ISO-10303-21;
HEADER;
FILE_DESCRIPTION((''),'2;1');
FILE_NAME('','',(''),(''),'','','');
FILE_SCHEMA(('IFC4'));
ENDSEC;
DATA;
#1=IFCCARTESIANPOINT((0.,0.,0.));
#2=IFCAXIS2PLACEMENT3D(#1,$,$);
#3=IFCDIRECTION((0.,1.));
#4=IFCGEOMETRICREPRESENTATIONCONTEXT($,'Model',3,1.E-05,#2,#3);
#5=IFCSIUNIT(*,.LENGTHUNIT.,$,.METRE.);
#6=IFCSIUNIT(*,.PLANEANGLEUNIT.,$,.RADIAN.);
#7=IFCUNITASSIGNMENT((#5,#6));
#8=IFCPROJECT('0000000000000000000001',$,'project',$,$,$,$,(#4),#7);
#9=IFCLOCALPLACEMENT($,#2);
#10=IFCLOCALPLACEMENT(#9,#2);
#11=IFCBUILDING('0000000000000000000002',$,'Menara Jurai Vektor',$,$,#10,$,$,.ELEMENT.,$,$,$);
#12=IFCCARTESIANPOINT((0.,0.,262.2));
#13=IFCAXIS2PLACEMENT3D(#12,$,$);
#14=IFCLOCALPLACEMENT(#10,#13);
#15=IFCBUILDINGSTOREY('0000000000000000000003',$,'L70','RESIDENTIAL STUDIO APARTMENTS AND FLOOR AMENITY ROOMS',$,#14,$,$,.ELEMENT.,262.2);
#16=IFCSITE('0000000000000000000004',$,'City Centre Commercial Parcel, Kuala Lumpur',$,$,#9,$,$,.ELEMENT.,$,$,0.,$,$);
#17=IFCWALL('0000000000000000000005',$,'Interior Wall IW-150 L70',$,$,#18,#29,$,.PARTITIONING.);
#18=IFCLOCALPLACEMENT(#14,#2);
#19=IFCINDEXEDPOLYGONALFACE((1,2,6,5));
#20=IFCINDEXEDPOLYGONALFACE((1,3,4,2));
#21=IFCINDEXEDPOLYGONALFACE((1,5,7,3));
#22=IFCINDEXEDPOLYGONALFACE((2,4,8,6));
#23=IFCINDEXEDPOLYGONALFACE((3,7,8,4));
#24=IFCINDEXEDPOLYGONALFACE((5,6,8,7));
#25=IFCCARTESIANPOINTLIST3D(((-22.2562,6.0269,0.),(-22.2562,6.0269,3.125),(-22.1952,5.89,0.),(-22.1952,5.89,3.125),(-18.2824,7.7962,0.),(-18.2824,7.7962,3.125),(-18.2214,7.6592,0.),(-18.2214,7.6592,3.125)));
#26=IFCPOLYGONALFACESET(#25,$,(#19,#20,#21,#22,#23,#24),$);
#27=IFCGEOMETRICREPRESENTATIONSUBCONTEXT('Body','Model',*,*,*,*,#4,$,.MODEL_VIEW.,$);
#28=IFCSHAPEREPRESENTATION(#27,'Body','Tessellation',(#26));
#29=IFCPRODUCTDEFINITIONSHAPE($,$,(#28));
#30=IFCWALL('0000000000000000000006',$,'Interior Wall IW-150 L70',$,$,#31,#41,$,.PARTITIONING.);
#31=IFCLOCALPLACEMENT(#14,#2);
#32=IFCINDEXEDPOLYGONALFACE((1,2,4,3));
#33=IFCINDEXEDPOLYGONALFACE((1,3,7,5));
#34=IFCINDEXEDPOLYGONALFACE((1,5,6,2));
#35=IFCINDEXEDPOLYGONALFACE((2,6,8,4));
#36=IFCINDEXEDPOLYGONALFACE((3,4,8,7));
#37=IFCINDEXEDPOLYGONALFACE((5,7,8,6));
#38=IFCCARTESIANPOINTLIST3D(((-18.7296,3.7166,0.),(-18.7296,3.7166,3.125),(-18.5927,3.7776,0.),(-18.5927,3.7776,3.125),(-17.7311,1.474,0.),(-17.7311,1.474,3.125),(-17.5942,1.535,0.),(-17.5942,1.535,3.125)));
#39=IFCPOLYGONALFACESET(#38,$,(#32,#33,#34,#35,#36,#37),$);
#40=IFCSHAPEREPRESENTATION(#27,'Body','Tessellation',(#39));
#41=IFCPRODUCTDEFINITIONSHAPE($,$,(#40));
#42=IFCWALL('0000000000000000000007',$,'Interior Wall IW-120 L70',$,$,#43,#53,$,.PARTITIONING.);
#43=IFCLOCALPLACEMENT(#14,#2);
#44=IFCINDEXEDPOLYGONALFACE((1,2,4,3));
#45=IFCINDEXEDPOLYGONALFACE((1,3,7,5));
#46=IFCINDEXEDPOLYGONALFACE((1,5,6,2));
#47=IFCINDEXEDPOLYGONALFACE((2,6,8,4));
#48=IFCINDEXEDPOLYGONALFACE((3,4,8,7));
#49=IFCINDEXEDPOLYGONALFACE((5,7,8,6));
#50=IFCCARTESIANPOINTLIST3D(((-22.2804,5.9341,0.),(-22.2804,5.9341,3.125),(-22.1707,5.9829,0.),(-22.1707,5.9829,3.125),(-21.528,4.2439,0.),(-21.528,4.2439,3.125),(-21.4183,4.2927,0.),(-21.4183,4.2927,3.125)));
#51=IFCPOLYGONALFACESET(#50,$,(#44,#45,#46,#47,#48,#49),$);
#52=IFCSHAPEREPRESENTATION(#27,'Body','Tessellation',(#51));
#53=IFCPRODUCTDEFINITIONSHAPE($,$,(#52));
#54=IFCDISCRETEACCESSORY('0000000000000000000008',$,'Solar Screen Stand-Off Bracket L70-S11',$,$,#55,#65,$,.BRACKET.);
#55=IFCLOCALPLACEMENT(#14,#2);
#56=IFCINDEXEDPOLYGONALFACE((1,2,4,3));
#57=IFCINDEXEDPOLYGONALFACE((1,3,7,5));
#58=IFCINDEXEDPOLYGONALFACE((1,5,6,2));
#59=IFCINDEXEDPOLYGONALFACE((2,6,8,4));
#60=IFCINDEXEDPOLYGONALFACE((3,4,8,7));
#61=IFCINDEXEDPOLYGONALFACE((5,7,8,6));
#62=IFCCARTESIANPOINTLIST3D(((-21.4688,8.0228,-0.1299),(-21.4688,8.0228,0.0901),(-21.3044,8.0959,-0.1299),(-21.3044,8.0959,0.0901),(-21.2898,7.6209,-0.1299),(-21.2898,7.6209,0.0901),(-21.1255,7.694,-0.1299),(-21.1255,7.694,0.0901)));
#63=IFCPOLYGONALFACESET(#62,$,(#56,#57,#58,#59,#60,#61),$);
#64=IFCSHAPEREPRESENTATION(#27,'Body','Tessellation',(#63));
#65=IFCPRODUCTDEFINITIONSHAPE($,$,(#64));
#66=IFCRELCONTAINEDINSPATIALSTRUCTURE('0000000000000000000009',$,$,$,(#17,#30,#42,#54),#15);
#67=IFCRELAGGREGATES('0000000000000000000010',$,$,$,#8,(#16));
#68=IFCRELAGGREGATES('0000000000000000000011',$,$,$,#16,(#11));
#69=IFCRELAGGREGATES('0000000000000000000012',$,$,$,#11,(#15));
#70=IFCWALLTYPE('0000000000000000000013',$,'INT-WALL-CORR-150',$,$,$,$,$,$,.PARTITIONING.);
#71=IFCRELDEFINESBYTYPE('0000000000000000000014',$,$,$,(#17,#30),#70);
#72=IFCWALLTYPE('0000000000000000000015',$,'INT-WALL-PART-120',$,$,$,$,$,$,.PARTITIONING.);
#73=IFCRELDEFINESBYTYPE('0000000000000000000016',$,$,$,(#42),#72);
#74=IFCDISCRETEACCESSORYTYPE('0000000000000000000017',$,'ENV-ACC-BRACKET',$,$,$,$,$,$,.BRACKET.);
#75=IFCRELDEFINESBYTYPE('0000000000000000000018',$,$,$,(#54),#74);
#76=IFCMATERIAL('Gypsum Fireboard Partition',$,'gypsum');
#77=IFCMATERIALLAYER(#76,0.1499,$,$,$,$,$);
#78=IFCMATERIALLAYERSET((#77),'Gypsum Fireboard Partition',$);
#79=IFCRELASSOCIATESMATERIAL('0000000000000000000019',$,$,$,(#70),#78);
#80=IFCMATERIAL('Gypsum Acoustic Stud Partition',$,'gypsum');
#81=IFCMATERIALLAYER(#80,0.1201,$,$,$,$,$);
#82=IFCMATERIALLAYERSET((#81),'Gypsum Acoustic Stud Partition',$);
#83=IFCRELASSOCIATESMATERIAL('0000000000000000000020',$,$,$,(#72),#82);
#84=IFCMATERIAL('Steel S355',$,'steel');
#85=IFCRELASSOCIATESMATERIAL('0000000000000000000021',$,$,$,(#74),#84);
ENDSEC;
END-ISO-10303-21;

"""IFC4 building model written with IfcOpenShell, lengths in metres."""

from ifc_helpers import new_model, si_unit, direction, frame, frame_2d, origin, origin_2d, place, context, subcontext, project, spatial, rectangle, extrude, material, layer, layer_set, type_object, element, save


model = new_model("IFC4")

# Units and contexts
model_context = context("Model", 3, precision=1e-05, world=origin(), true_north=direction((0.0, 1.0)))
body_context = subcontext(model_context, "Body", "Model", "MODEL_VIEW")
ifc_project = project(units=[si_unit("LENGTHUNIT", "METRE"), si_unit("PLANEANGLEUNIT", "RADIAN")], contexts=[model_context])

# Site, building, storey
site_placement = place(None, origin())
site = spatial("IfcSite", under=ifc_project, at=site_placement, Name="City Centre Commercial Parcel, Kuala Lumpur", CompositionType="ELEMENT", RefElevation=0.0)
building_placement = place(site_placement, origin())
building = spatial("IfcBuilding", under=site, at=building_placement, Name="Menara Jurai Vektor", CompositionType="ELEMENT")
storey_placement = place(building_placement, frame((0.0, 0.0, 262.2)))
storey = spatial("IfcBuildingStorey", under=building, at=storey_placement, Name="L70", Description="RESIDENTIAL STUDIO APARTMENTS AND FLOOR AMENITY ROOMS", CompositionType="ELEMENT", Elevation=262.2)

# Shared definitions
ifc_material_1 = material(Name="Steel S355", Category="steel")

# Shared definitions
ifc_material_2 = material(Name="Gypsum Fireboard Partition", Category="gypsum")
ifc_layer_1 = layer(ifc_material_2, 0.1499)
ifc_layer_set_1 = layer_set([ifc_layer_1], Name="Gypsum Fireboard Partition")
wall_type_1 = type_object("IfcWallType", Name="INT-WALL-CORR-150", PredefinedType="PARTITIONING", material=ifc_layer_set_1)

# Wall
wall_1_placement = place(storey_placement, frame((-22.2256, 5.9585, 0.0), z_axis=(0.0, 0.0, 1.0), x_axis=(0.913545, 0.406737, 0.0)))
element("IfcWall", 1, at=wall_1_placement, inside=storey, type_object=wall_type_1, Name="Interior Wall IW-150 L70", PredefinedType="PARTITIONING", context=body_context, shape_type="SweptSolid", body=[
    extrude(rectangle(XDim=4.3499, YDim=0.1499, at=frame_2d((2.1748, 0.0))), origin(), (0.0, 0.0, 1.0), 3.125),
])

# Walls
wall_2_placement = place(storey_placement, frame((-17.6626, 1.5044, 0.0), z_axis=(0.0, 0.0, 1.0), x_axis=(-0.406747, 0.913541, 0.0)))
element("IfcWall", 2, at=wall_2_placement, inside=storey, type_object=wall_type_1, Name="Interior Wall IW-150 L70", PredefinedType="PARTITIONING", context=body_context, shape_type="SweptSolid", body=[
    extrude(rectangle(XDim=2.4548, YDim=0.1499, at=frame_2d((1.2275, 0.0))), origin(), (0.0, 0.0, 1.0), 3.125),
])
ifc_material_3 = material(Name="Gypsum Acoustic Stud Partition", Category="gypsum")
ifc_layer_2 = layer(ifc_material_3, 0.1201)
ifc_layer_set_2 = layer_set([ifc_layer_2], Name="Gypsum Acoustic Stud Partition")
wall_type_2 = type_object("IfcWallType", Name="INT-WALL-PART-120", PredefinedType="PARTITIONING", material=ifc_layer_set_2)
wall_3_placement = place(storey_placement, frame((-21.4731, 4.2683, 0.0), z_axis=(0.0, 0.0, 1.0), x_axis=(-0.406702, 0.913561, 0.0)))
element("IfcWall", 3, at=wall_3_placement, inside=storey, type_object=wall_type_2, Name="Interior Wall IW-120 L70", PredefinedType="PARTITIONING", context=body_context, shape_type="SweptSolid", body=[
    extrude(rectangle(XDim=1.8501, YDim=0.1201, at=frame_2d((0.925, 0.0))), origin(), (0.0, 0.0, 1.0), 3.125),
])

# Discrete accessory
discrete_accessory_type = type_object("IfcDiscreteAccessoryType", Name="ENV-ACC-BRACKET", PredefinedType="BRACKET", material=ifc_material_1)
discrete_accessory_placement = place(storey_placement, frame((-21.2971, 7.8584, -0.1299), z_axis=(0.0, 0.0, 1.0), x_axis=(-0.913545, -0.406737, 0.0)))
element("IfcDiscreteAccessory", 4, at=discrete_accessory_placement, inside=storey, type_object=discrete_accessory_type, Name="Solar Screen Stand-Off Bracket L70-S11", PredefinedType="BRACKET", context=body_context, shape_type="SweptSolid", body=[
    extrude(rectangle(XDim=0.1799, YDim=0.4399, at=origin_2d()), origin(), (0.0, 0.0, 1.0), 0.22),
])

save(model, "model.ifc")
